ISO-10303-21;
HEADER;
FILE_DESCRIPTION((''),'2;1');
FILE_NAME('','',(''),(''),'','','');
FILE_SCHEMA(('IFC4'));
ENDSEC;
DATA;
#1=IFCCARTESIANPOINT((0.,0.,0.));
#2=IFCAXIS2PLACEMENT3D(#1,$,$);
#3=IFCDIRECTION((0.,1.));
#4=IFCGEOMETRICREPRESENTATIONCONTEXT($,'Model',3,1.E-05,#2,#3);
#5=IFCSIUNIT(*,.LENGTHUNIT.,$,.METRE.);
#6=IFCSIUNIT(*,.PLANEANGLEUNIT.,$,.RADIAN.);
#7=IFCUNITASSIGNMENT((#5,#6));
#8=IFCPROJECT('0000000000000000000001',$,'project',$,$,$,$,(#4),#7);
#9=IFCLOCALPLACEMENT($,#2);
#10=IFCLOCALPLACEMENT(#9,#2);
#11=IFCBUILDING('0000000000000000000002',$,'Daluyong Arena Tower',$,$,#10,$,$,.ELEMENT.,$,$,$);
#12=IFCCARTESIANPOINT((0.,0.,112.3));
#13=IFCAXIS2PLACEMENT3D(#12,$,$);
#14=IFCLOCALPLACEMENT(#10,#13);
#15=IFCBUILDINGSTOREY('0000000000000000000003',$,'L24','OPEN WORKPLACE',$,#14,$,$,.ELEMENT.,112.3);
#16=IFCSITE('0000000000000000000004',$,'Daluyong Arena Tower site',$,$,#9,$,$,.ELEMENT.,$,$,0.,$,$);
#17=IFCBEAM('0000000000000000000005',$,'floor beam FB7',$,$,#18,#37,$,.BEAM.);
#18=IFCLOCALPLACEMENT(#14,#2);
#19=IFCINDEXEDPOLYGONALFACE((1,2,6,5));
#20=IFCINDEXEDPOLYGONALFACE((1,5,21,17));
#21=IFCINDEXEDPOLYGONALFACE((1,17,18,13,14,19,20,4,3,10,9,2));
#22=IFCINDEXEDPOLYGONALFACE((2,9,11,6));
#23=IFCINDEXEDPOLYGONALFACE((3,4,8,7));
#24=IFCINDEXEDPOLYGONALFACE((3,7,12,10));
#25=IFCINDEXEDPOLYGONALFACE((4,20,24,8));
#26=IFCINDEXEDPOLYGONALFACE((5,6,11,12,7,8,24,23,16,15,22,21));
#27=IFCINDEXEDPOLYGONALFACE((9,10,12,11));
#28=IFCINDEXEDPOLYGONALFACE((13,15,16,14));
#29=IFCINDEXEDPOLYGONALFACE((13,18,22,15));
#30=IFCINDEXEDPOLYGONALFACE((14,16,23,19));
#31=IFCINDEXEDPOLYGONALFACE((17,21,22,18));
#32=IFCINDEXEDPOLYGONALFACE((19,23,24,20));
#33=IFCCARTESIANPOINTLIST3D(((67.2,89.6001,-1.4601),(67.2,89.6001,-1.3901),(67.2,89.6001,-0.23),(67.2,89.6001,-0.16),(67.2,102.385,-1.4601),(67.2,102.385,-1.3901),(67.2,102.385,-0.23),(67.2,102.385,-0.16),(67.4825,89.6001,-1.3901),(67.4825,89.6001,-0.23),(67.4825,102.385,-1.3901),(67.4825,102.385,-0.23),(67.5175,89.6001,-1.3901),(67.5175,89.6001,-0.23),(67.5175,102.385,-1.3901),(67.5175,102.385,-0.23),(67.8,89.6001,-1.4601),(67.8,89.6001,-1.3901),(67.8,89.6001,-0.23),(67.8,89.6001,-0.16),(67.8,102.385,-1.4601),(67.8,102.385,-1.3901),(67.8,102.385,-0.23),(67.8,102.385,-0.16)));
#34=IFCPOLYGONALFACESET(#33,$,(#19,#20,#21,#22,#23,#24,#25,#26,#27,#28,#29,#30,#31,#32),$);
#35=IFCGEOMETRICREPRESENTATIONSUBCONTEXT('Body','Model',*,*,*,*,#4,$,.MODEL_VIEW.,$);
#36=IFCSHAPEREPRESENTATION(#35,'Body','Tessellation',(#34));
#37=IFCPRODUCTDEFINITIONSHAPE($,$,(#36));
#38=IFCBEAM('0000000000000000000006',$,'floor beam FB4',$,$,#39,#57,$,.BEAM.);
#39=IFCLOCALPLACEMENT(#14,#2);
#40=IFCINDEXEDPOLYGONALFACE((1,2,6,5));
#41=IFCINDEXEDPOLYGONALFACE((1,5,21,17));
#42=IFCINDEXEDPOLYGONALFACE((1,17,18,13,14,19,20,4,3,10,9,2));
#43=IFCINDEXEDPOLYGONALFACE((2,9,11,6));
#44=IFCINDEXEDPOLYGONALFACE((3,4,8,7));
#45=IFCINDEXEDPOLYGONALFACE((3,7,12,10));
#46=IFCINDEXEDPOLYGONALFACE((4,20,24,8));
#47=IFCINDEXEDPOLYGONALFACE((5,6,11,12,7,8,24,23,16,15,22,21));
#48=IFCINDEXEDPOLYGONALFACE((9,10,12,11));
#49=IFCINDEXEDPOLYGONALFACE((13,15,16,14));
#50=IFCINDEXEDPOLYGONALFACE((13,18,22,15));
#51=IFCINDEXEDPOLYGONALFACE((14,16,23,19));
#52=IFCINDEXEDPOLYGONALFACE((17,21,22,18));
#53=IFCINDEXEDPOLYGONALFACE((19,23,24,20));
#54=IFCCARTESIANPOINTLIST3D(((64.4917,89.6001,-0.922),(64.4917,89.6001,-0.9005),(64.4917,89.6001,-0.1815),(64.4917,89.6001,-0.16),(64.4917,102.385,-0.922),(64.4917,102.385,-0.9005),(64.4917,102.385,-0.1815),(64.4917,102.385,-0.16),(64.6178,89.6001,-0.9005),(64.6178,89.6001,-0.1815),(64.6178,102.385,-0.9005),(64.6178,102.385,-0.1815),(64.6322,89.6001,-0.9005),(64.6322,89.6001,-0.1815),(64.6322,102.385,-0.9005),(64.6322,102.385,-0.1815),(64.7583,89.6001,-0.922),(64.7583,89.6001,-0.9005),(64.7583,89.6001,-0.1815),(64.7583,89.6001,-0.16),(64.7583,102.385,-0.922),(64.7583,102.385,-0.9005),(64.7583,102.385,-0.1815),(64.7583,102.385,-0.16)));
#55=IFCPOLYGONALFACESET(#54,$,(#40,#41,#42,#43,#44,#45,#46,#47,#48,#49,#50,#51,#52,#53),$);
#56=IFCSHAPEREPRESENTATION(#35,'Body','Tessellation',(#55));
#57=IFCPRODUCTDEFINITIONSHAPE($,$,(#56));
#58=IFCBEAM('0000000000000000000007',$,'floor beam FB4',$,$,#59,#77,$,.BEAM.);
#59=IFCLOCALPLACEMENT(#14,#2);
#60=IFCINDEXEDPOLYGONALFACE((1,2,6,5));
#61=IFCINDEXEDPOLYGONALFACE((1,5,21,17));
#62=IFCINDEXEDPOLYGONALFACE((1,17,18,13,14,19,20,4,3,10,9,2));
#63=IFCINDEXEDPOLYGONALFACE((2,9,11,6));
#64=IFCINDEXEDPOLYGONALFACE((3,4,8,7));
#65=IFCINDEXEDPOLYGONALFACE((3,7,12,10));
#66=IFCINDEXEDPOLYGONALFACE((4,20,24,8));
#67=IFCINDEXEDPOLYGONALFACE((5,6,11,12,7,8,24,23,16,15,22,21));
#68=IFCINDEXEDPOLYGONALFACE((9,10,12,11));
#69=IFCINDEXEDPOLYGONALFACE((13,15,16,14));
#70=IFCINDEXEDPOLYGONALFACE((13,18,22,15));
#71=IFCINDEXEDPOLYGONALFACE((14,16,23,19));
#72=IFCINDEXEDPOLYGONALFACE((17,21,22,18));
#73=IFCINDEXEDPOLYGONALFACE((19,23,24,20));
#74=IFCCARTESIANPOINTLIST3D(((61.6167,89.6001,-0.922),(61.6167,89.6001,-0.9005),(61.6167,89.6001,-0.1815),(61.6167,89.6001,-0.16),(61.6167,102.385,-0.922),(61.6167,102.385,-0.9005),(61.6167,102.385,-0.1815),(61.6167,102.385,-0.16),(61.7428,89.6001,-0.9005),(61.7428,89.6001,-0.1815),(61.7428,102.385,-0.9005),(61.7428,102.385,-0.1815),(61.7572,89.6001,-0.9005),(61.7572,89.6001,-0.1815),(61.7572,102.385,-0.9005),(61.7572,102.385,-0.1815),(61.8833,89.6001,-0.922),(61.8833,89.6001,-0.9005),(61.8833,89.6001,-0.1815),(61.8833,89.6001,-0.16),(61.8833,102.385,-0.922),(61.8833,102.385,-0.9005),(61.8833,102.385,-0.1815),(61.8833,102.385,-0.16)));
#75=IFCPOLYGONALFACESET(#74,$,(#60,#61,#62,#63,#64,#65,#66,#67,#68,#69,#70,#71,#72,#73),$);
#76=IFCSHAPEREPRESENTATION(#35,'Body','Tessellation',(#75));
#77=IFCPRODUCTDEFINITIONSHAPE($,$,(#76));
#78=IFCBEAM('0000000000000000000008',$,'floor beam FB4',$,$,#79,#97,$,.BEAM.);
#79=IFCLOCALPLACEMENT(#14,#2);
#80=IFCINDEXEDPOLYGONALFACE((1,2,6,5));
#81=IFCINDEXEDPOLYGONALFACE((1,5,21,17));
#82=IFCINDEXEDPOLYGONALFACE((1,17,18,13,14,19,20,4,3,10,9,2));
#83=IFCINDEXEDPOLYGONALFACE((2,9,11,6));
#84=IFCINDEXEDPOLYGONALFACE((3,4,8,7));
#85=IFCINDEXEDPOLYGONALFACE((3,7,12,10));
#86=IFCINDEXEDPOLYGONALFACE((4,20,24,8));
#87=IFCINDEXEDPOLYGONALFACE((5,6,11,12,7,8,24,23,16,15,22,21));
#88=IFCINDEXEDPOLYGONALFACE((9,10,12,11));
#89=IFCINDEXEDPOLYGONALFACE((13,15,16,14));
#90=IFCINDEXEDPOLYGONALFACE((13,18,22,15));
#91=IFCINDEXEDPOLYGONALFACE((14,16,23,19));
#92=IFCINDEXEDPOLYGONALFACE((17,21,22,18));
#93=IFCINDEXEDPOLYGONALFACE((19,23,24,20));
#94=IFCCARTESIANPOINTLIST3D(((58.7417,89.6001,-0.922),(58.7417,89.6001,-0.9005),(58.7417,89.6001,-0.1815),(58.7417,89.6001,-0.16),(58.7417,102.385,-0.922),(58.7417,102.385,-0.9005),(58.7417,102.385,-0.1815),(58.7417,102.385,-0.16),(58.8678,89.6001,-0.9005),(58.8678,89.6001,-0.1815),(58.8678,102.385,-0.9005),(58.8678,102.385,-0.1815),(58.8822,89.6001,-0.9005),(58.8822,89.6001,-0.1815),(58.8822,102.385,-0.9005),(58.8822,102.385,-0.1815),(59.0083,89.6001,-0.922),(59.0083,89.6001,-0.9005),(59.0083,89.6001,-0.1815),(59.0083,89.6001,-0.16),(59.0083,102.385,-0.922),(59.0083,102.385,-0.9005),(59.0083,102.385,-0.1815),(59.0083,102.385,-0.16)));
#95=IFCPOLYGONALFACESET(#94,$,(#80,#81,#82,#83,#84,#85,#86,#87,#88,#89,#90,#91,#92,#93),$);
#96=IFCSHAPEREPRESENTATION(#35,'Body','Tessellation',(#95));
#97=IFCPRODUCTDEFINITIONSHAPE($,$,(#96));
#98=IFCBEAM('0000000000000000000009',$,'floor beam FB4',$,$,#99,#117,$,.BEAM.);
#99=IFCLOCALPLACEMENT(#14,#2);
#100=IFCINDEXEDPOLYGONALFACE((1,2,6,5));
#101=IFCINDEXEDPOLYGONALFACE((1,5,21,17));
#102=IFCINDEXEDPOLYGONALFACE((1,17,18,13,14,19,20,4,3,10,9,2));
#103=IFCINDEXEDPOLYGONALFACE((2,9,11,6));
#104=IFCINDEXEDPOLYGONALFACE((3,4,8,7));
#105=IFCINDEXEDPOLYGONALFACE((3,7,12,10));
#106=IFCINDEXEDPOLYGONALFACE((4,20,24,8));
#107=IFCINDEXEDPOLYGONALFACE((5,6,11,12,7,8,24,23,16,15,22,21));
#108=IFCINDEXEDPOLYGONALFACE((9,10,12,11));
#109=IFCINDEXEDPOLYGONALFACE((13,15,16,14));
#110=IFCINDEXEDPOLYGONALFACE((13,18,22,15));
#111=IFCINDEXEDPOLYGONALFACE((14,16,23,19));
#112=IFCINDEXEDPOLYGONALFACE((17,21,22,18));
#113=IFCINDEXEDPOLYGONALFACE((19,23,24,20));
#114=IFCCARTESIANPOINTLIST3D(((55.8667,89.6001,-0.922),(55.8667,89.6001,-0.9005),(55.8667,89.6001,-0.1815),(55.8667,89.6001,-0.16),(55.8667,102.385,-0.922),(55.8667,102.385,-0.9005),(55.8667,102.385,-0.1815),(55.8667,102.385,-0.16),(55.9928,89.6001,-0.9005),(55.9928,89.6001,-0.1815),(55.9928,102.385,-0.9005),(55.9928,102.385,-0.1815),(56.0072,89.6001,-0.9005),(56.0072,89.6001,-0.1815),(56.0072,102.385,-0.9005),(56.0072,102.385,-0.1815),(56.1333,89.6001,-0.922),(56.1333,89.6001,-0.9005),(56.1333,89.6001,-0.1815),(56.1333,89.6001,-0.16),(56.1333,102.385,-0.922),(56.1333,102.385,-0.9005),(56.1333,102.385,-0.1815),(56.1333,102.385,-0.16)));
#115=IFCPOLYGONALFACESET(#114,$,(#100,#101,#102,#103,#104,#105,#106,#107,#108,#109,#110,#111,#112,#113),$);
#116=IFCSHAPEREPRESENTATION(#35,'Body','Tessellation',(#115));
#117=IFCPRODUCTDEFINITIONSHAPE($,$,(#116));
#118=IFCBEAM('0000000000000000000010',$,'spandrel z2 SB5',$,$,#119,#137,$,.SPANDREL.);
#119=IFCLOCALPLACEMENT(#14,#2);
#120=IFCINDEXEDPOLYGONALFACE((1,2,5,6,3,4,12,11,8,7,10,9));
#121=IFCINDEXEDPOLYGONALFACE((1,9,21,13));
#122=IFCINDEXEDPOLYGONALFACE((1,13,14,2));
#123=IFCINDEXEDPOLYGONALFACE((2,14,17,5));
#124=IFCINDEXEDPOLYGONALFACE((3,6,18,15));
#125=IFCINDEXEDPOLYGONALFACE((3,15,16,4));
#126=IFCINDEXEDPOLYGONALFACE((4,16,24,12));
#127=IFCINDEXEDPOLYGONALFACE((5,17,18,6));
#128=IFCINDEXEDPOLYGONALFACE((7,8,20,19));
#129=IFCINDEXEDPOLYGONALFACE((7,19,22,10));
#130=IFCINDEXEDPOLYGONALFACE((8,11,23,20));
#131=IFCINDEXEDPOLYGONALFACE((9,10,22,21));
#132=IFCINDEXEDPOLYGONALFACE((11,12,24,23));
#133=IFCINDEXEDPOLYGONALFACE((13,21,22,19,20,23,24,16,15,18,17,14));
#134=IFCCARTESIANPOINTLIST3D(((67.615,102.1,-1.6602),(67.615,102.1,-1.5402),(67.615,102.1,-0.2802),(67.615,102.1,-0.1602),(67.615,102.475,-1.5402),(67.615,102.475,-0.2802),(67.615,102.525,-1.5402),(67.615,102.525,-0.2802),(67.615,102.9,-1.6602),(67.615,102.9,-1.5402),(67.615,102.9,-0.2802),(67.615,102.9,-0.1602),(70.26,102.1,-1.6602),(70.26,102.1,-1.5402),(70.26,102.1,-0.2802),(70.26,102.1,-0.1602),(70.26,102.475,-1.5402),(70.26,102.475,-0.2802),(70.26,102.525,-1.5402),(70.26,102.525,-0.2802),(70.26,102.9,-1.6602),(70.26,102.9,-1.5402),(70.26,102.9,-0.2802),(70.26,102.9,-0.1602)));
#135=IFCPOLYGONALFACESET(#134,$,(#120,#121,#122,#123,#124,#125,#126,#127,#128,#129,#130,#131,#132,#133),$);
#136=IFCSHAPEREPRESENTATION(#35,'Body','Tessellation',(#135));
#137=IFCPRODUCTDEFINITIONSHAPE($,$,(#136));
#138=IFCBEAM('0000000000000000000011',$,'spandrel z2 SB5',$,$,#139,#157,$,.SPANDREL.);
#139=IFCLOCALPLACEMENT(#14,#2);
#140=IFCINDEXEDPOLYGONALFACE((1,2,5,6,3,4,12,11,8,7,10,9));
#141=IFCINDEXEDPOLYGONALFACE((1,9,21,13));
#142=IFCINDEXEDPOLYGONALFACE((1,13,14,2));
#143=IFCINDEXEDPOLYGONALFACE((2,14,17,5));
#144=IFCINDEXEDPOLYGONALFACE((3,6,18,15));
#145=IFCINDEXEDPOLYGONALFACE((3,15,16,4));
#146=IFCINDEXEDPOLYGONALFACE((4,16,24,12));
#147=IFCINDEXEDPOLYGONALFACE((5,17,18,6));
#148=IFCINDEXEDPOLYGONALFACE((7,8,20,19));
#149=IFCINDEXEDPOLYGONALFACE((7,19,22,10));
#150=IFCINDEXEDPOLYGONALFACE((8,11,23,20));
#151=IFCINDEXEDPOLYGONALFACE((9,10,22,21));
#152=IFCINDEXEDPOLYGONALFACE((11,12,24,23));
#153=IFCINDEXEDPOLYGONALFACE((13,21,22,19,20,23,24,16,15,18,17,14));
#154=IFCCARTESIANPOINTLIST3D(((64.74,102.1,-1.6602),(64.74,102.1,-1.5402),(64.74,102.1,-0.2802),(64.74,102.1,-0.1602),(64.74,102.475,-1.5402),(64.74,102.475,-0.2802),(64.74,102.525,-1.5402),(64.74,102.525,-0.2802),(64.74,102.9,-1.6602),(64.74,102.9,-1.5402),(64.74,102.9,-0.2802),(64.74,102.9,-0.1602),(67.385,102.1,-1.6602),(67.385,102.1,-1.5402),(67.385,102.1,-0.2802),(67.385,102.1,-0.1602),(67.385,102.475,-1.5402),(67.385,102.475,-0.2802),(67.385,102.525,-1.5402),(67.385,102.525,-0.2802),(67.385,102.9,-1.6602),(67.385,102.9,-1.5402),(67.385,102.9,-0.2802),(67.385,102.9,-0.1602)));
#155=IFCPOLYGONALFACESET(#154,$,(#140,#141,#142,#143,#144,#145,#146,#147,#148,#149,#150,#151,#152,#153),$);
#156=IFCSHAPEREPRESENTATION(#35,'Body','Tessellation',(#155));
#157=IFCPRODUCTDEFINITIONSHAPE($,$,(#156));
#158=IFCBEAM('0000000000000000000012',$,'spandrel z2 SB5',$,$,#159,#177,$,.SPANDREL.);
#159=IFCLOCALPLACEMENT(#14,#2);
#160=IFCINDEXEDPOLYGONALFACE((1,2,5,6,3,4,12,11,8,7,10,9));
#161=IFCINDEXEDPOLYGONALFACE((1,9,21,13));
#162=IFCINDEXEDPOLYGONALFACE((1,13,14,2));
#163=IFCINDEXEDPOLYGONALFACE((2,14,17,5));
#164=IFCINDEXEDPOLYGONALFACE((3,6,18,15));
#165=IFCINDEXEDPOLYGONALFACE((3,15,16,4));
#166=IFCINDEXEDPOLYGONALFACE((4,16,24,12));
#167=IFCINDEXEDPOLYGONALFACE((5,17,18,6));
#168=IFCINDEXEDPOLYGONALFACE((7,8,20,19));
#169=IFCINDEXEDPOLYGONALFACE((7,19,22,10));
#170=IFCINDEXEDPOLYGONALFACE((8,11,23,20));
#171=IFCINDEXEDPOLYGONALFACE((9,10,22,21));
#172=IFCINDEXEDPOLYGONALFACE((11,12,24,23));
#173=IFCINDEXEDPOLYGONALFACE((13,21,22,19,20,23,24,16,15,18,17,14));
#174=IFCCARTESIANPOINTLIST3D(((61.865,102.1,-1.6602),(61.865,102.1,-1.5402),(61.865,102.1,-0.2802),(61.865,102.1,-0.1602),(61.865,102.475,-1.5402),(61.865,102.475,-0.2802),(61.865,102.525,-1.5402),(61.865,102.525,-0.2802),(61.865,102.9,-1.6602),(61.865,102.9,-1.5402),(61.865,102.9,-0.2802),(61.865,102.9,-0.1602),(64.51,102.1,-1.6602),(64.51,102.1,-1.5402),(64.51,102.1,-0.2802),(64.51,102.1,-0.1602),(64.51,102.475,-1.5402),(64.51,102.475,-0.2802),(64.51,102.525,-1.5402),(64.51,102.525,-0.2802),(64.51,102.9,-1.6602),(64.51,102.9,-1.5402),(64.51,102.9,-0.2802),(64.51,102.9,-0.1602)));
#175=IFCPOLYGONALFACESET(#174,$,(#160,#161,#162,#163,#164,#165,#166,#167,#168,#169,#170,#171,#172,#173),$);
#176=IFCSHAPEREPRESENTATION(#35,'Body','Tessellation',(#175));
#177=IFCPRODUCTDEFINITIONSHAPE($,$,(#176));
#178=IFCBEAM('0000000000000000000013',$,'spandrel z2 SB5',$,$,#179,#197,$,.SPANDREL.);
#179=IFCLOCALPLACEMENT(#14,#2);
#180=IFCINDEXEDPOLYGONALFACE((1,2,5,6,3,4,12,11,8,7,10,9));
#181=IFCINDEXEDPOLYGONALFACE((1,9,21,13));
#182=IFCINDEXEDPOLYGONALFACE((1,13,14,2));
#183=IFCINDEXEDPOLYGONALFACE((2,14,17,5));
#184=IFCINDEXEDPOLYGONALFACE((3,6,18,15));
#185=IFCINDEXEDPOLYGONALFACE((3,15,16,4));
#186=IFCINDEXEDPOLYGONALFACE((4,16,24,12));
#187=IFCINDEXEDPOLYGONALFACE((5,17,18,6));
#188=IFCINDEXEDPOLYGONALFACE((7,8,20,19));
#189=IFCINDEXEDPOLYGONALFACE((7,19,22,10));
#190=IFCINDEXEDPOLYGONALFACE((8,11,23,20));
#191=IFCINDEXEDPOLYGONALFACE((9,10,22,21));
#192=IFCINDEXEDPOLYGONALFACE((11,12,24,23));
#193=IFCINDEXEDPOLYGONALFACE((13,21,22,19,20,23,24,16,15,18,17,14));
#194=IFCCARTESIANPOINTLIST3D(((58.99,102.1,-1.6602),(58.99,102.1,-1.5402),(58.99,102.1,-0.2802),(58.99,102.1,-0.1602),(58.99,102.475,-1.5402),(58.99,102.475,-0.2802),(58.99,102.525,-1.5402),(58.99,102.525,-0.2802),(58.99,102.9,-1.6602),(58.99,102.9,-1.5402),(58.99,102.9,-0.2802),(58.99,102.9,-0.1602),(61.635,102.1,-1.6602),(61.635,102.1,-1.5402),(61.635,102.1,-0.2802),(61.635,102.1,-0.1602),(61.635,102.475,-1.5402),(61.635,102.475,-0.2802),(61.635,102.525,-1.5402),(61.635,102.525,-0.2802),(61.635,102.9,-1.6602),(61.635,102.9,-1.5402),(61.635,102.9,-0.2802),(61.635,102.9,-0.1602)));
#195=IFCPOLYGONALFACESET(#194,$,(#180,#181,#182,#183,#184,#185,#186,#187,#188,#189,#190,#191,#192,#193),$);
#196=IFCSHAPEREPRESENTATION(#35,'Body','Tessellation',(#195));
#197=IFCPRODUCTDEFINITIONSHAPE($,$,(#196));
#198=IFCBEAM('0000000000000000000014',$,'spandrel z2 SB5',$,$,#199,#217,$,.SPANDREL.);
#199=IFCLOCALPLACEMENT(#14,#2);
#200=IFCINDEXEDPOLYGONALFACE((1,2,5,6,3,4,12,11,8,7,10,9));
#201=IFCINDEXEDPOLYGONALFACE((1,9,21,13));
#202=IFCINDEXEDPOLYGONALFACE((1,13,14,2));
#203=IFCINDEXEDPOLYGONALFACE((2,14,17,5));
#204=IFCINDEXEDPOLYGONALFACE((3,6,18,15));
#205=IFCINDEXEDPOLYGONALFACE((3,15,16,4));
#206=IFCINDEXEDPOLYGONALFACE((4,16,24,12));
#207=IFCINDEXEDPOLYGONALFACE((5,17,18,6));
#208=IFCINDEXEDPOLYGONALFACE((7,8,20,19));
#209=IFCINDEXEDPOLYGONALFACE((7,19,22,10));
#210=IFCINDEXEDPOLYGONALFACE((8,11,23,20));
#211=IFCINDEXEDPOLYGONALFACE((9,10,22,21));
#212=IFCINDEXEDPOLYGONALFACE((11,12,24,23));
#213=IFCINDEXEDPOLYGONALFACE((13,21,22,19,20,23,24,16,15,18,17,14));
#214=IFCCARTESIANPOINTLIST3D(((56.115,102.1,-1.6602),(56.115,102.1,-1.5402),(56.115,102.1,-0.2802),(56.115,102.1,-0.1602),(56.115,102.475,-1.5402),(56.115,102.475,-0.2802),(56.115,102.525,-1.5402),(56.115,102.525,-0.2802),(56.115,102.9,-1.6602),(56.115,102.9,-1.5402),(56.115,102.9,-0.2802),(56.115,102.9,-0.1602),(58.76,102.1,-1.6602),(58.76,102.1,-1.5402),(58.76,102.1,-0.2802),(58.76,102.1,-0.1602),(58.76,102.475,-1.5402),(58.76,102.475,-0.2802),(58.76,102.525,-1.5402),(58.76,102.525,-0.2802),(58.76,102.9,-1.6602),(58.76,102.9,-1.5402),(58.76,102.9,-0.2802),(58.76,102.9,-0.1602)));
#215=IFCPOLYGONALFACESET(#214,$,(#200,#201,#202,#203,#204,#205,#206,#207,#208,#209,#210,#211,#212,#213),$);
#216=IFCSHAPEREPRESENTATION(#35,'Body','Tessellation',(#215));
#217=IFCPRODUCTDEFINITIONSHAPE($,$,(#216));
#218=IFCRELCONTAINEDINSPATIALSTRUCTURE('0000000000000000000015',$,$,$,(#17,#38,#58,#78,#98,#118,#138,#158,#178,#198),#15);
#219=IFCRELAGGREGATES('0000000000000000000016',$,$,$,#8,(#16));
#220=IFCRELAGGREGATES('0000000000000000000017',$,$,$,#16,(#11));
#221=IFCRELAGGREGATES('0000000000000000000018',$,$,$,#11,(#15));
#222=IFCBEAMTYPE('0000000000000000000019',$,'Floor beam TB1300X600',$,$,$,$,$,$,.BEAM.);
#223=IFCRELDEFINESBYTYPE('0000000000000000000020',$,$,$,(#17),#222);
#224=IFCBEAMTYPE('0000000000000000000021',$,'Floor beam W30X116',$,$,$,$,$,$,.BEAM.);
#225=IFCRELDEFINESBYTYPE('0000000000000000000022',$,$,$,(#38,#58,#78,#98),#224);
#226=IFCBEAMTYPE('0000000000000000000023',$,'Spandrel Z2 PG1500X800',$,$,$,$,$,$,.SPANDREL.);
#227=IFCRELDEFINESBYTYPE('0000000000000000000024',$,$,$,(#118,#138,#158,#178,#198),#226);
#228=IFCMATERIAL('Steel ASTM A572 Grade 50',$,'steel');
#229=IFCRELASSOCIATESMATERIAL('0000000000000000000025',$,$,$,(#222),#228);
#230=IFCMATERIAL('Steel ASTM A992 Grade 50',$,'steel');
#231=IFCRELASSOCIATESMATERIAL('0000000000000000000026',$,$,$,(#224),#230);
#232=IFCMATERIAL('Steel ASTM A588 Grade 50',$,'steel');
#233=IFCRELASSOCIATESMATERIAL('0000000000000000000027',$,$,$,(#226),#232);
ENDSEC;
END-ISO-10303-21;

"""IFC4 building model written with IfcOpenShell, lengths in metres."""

from ifc_helpers import new_model, si_unit, direction, frame, origin, origin_2d, place, context, subcontext, project, spatial, i_section, extrude, material, material_profile, profile_set, type_object, element, save


model = new_model("IFC4")

# Units and contexts
model_context = context("Model", 3, precision=1e-05, world=origin(), true_north=direction((0.0, 1.0)))
body_context = subcontext(model_context, "Body", "Model", "MODEL_VIEW")
ifc_project = project(units=[si_unit("LENGTHUNIT", "METRE"), si_unit("PLANEANGLEUNIT", "RADIAN")], contexts=[model_context])

# Site, building, storey
site_placement = place(None, origin())
site = spatial("IfcSite", under=ifc_project, at=site_placement, Name="Daluyong Arena Tower site", CompositionType="ELEMENT", RefElevation=0.0)
building_placement = place(site_placement, origin())
building = spatial("IfcBuilding", under=site, at=building_placement, Name="Daluyong Arena Tower", CompositionType="ELEMENT")
storey_placement = place(building_placement, frame((0.0, 0.0, 112.3)))
storey = spatial("IfcBuildingStorey", under=building, at=storey_placement, Name="L24", Description="OPEN WORKPLACE", CompositionType="ELEMENT", Elevation=112.3)

# Beams
ifc_material_1 = material(Name="Steel ASTM A572 Grade 50", Category="steel")
ifc_material_profile_1 = material_profile(ifc_material_1, i_section(OverallWidth=0.6001, OverallDepth=1.3, WebThickness=0.035, FlangeThickness=0.07, at=origin_2d()))
ifc_profile_set_1 = profile_set([ifc_material_profile_1], Name="Steel ASTM A572 Grade 50")
beam_type_1 = type_object("IfcBeamType", Name="Floor beam TB1300X600", PredefinedType="BEAM", material=ifc_profile_set_1)
beam_placement = place(storey_placement, frame((67.5, 102.385, -0.8101), z_axis=(0.0, -1.0, 0.0), x_axis=(1.0, 0.0, 0.0)))
element("IfcBeam", 1, at=beam_placement, inside=storey, type_object=beam_type_1, Name="floor beam FB7", PredefinedType="BEAM", context=body_context, shape_type="SweptSolid", body=[
    extrude(i_section(OverallWidth=0.6001, OverallDepth=1.3, WebThickness=0.035, FlangeThickness=0.07, at=origin_2d()), origin(), (0.0, 0.0, 1.0), 12.7849),
])
ifc_material_2 = material(Name="Steel ASTM A992 Grade 50", Category="steel")
ifc_material_profile_2 = material_profile(ifc_material_2, i_section(OverallWidth=0.2666, OverallDepth=0.762, WebThickness=0.0144, FlangeThickness=0.0215, at=origin_2d()))
ifc_profile_set_2 = profile_set([ifc_material_profile_2], Name="Steel ASTM A992 Grade 50")
beam_type_2 = type_object("IfcBeamType", Name="Floor beam W30X116", PredefinedType="BEAM", material=ifc_profile_set_2)
for number, where, z_axis, x_axis, name in (
    (2, (64.625, 102.385, -0.541), (0.0, -1.0, 0.0), (1.0, 0.0, 0.0), "floor beam FB4"),
    (3, (61.75, 102.385, -0.541), (0.0, -1.0, 0.0), (1.0, 0.0, 0.0), "floor beam FB4"),
    (4, (58.875, 102.385, -0.541), (0.0, -1.0, 0.0), (1.0, 0.0, 0.0), "floor beam FB4"),
    (5, (56.0, 102.385, -0.541), (0.0, -1.0, 0.0), (1.0, 0.0, 0.0), "floor beam FB4"),
):
    element("IfcBeam", number, at=place(storey_placement, frame(where, z_axis=z_axis, x_axis=x_axis)), inside=storey, type_object=beam_type_2, Name=name, PredefinedType="BEAM", context=body_context, shape_type="SweptSolid", body=[
        extrude(i_section(OverallWidth=0.2666, OverallDepth=0.762, WebThickness=0.0144, FlangeThickness=0.0215, at=origin_2d()), origin(), (0.0, 0.0, 1.0), 12.7849),
    ])
ifc_material_3 = material(Name="Steel ASTM A588 Grade 50", Category="steel")
ifc_material_profile_3 = material_profile(ifc_material_3, i_section(OverallWidth=0.8, OverallDepth=1.5, WebThickness=0.05, FlangeThickness=0.12, at=origin_2d()))
ifc_profile_set_3 = profile_set([ifc_material_profile_3], Name="Steel ASTM A588 Grade 50")
beam_type_3 = type_object("IfcBeamType", Name="Spandrel Z2 PG1500X800", PredefinedType="SPANDREL", material=ifc_profile_set_3)
for number, where, z_axis, x_axis, name in (
    (6, (70.26, 102.5, -0.9102), (-1.0, 0.0, 0.0), (0.0, -1.0, 0.0), "spandrel z2 SB5"),
    (7, (67.385, 102.5, -0.9102), (-1.0, 0.0, 0.0), (0.0, -1.0, 0.0), "spandrel z2 SB5"),
    (8, (64.51, 102.5, -0.9102), (-1.0, 0.0, 0.0), (0.0, -1.0, 0.0), "spandrel z2 SB5"),
    (9, (61.635, 102.5, -0.9102), (-1.0, 0.0, 0.0), (0.0, -1.0, 0.0), "spandrel z2 SB5"),
    (10, (58.76, 102.5, -0.9102), (-1.0, 0.0, 0.0), (0.0, -1.0, 0.0), "spandrel z2 SB5"),
):
    element("IfcBeam", number, at=place(storey_placement, frame(where, z_axis=z_axis, x_axis=x_axis)), inside=storey, type_object=beam_type_3, Name=name, PredefinedType="SPANDREL", context=body_context, shape_type="SweptSolid", body=[
        extrude(i_section(OverallWidth=0.8, OverallDepth=1.5, WebThickness=0.05, FlangeThickness=0.12, at=origin_2d()), origin(), (0.0, 0.0, 1.0), 2.645),
    ])

save(model, "model.ifc")
